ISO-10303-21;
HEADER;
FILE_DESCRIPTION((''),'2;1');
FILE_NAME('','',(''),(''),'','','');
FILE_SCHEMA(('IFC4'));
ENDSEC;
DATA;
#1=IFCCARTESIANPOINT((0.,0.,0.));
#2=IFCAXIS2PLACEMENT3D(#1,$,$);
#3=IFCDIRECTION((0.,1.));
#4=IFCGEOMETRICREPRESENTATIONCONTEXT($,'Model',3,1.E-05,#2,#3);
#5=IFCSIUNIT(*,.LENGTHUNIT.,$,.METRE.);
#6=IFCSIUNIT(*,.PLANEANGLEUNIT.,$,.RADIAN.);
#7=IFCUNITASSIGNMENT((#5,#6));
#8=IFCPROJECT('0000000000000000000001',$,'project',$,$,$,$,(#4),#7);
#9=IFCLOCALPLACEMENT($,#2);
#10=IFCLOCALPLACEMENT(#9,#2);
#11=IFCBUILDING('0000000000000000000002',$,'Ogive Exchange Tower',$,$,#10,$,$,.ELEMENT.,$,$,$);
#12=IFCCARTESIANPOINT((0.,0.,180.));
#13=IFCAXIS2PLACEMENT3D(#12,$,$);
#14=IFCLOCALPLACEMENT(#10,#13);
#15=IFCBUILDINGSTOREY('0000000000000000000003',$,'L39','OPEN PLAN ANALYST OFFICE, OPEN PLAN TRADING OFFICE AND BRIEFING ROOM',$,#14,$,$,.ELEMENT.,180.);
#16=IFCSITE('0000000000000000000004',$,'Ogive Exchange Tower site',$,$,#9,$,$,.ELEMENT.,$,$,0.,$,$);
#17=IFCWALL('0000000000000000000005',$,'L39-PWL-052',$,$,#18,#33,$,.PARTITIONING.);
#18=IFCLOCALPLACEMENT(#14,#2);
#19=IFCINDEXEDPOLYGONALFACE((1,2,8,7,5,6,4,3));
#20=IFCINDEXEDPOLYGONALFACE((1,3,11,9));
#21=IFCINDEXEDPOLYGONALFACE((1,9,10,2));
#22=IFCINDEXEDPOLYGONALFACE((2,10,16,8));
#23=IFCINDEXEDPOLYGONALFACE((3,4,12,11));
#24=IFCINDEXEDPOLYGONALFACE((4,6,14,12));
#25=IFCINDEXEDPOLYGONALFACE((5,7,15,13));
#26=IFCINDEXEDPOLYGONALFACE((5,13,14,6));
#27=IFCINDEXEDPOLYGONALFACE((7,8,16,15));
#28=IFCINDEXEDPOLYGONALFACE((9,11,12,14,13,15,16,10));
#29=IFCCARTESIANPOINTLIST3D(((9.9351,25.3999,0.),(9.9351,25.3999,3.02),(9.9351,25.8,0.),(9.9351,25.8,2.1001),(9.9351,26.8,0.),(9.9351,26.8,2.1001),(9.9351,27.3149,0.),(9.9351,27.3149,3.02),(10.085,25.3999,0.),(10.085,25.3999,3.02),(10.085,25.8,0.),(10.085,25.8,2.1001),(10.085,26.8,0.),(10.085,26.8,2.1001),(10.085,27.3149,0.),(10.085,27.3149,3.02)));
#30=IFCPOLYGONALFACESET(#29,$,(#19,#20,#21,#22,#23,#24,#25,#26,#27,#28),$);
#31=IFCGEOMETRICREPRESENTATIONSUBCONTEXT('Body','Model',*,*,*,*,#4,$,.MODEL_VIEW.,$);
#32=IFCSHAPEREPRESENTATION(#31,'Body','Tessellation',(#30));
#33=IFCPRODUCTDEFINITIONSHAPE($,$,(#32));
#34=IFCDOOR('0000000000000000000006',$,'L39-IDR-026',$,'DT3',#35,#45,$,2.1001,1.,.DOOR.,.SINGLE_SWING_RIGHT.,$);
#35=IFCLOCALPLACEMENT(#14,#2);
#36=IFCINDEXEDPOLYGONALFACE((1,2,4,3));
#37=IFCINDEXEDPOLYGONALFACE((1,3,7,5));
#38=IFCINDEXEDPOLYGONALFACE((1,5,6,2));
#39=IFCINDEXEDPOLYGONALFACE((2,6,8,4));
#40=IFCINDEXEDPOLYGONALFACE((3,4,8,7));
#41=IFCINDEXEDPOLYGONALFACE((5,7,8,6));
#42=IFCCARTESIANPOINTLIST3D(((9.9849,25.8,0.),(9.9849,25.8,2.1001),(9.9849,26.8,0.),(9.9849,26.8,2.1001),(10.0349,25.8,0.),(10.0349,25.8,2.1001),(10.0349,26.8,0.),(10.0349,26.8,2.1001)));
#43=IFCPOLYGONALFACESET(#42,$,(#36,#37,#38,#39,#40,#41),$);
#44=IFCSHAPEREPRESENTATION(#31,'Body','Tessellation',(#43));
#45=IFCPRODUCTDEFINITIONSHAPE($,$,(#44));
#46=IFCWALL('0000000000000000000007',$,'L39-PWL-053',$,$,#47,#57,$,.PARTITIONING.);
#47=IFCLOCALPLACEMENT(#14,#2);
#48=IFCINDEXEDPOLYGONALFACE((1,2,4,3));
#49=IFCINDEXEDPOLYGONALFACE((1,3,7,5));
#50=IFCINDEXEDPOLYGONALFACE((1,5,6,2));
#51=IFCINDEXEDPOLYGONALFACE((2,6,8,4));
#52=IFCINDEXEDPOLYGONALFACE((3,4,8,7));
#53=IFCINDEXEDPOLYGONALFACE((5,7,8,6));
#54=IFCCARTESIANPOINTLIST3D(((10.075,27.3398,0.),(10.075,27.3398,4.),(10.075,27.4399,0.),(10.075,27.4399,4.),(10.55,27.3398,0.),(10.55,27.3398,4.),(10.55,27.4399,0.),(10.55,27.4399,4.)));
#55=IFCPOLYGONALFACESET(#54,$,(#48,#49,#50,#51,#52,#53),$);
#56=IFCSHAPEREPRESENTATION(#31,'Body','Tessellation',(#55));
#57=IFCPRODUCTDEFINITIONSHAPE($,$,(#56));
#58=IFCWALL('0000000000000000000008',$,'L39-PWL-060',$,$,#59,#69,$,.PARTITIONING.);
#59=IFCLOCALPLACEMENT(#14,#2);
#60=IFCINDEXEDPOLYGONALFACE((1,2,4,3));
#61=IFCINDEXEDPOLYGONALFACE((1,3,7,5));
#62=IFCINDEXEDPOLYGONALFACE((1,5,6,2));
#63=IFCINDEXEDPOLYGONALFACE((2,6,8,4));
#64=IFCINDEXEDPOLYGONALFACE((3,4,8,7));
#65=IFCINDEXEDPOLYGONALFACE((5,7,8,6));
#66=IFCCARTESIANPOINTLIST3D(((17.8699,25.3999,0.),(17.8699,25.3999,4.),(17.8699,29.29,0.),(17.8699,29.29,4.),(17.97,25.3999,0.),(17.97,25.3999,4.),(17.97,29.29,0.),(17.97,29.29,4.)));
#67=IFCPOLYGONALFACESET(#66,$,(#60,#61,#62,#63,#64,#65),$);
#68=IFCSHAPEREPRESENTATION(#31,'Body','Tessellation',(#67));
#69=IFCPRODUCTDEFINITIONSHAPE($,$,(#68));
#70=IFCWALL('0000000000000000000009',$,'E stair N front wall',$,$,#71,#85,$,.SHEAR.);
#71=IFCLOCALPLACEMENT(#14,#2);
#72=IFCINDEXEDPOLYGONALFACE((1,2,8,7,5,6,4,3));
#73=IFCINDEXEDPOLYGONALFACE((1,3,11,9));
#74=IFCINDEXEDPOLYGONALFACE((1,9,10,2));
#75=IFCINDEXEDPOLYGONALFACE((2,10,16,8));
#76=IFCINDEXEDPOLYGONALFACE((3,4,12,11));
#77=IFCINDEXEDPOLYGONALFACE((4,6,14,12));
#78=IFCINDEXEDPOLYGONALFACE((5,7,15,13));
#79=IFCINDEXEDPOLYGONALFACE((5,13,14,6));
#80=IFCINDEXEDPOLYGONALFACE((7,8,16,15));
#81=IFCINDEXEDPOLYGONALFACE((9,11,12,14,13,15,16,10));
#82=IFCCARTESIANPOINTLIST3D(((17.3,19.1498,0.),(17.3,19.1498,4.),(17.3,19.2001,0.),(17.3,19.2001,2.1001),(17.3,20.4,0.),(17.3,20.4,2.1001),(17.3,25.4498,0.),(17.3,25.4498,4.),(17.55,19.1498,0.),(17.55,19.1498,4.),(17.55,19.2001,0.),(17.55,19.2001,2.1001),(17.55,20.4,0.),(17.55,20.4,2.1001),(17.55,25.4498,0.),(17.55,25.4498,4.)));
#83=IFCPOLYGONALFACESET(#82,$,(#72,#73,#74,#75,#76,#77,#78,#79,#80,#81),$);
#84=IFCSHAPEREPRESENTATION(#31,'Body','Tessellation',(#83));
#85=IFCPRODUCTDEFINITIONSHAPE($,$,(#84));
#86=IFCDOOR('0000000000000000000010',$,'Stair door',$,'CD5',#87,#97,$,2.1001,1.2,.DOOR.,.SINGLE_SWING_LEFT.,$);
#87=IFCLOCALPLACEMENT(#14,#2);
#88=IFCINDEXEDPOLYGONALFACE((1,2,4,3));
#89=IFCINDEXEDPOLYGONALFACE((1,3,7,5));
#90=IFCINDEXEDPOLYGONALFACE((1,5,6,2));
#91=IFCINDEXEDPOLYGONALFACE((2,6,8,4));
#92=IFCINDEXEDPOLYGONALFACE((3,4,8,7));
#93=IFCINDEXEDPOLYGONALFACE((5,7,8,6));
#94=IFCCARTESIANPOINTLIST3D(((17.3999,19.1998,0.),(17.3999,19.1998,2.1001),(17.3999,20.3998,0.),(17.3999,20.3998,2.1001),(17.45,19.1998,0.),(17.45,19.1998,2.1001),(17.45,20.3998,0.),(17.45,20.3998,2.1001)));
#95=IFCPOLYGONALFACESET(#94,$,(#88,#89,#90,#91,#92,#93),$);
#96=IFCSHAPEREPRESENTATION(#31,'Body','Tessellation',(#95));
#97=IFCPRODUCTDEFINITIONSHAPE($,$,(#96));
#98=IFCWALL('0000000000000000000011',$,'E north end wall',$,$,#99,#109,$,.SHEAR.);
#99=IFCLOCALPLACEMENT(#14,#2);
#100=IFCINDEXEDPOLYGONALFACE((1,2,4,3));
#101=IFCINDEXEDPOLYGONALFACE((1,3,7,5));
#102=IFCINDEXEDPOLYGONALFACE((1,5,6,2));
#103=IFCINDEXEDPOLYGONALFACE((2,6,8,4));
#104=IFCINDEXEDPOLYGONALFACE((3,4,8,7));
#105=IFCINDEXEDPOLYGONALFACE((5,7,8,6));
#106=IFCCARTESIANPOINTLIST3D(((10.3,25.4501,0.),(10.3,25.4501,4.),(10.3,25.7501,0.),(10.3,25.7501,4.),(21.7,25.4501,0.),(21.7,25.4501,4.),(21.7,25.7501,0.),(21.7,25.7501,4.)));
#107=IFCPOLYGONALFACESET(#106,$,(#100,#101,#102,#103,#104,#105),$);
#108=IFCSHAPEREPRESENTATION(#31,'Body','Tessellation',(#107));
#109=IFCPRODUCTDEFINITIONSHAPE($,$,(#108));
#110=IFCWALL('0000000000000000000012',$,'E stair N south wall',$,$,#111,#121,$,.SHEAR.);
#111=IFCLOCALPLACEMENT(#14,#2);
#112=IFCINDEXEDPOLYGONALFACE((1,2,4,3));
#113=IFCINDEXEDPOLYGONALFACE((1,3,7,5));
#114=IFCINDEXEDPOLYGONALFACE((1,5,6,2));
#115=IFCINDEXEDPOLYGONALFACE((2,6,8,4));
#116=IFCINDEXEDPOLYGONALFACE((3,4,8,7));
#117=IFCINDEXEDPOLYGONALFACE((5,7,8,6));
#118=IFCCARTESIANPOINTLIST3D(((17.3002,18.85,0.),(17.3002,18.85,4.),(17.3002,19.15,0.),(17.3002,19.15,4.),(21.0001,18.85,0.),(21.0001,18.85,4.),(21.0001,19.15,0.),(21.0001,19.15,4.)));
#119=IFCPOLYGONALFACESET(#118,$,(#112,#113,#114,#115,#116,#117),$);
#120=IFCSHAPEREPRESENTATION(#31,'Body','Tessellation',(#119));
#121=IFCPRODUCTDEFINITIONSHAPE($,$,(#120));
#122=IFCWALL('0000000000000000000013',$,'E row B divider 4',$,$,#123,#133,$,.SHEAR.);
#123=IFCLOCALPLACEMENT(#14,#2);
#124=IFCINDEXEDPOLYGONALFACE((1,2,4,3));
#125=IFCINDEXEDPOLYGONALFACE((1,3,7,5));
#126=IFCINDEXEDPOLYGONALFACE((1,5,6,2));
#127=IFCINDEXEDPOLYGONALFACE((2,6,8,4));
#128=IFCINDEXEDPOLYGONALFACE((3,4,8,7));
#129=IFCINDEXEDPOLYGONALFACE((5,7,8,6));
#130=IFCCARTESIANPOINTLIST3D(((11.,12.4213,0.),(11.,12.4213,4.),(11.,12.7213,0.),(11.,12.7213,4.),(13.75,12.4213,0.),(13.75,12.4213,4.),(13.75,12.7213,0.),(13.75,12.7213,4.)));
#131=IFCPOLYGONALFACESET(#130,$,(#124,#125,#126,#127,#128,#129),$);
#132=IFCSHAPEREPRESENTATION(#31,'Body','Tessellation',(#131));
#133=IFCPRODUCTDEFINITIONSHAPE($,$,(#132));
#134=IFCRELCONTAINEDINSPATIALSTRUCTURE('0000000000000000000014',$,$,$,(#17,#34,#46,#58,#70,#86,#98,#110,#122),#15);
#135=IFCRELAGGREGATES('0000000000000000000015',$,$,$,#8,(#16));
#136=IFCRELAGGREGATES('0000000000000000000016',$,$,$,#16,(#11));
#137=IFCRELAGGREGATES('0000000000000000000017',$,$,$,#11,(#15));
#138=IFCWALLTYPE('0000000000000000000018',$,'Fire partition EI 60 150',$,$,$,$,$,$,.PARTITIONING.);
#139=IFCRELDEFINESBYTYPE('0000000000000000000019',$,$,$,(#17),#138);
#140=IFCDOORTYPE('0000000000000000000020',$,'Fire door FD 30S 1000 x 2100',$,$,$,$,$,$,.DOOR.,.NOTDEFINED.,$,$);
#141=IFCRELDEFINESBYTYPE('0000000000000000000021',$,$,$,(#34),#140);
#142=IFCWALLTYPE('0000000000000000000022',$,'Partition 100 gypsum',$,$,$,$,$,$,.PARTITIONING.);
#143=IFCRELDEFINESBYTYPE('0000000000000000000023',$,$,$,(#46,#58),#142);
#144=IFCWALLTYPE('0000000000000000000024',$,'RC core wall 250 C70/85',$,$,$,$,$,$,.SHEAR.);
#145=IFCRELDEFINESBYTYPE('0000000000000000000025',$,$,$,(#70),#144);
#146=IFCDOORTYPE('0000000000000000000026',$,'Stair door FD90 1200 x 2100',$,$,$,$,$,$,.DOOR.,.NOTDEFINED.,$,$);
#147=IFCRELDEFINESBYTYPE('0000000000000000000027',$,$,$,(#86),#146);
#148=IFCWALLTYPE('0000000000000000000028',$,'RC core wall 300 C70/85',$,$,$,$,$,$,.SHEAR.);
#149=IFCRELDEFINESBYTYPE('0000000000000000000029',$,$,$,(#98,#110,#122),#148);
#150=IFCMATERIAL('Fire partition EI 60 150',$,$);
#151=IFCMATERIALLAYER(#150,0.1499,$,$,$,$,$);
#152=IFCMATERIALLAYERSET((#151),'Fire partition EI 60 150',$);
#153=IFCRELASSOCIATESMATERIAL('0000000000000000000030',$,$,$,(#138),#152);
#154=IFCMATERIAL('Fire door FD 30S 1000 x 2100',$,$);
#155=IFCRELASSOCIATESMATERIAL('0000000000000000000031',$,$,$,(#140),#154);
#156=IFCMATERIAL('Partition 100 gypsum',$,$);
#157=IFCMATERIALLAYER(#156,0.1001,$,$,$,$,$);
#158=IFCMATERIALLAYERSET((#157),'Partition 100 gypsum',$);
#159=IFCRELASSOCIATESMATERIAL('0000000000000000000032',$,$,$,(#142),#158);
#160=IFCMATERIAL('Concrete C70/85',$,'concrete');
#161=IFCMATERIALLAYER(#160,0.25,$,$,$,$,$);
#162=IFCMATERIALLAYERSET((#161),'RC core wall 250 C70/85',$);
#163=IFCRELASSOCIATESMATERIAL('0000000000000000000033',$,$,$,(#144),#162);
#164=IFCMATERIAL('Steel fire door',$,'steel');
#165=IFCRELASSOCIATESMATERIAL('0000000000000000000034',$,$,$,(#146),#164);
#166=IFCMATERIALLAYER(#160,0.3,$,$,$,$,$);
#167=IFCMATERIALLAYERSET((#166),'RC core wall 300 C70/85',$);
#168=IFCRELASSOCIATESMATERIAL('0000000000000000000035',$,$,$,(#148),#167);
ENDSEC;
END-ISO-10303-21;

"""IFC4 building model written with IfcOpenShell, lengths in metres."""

from ifc_helpers import new_model, si_unit, direction, frame, frame_2d, origin, place, context, subcontext, project, spatial, rectangle, extrude, material, layer, layer_set, type_object, element, fill, save


model = new_model("IFC4")

# Units and contexts
model_context = context("Model", 3, precision=1e-05, world=origin(), true_north=direction((0.0, 1.0)))
body_context = subcontext(model_context, "Body", "Model", "MODEL_VIEW")
ifc_project = project(units=[si_unit("LENGTHUNIT", "METRE"), si_unit("PLANEANGLEUNIT", "RADIAN")], contexts=[model_context])

# Site, building, storey
site_placement = place(None, origin())
site = spatial("IfcSite", under=ifc_project, at=site_placement, Name="Ogive Exchange Tower site", CompositionType="ELEMENT", RefElevation=0.0)
building_placement = place(site_placement, origin())
building = spatial("IfcBuilding", under=site, at=building_placement, Name="Ogive Exchange Tower", CompositionType="ELEMENT")
storey_placement = place(building_placement, frame((0.0, 0.0, 180.0)))
storey = spatial("IfcBuildingStorey", under=building, at=storey_placement, Name="L39", Description="OPEN PLAN ANALYST OFFICE, OPEN PLAN TRADING OFFICE AND BRIEFING ROOM", CompositionType="ELEMENT", Elevation=180.0)

# Shared definitions
ifc_material_1 = material(Name="Fire partition EI 60 150")
ifc_layer_1 = layer(ifc_material_1, 0.1499)
ifc_layer_set_1 = layer_set([ifc_layer_1], Name="Fire partition EI 60 150")
wall_type_1 = type_object("IfcWallType", Name="Fire partition EI 60 150", PredefinedType="PARTITIONING", material=ifc_layer_set_1)

# Wall, opening, door
wall_1_placement = place(storey_placement, frame((10.01, 27.3149, 0.0), z_axis=(0.0, 0.0, 1.0), x_axis=(0.0, -1.0, 0.0)))
wall_1 = element("IfcWall", 1, at=wall_1_placement, inside=storey, type_object=wall_type_1, Name="L39-PWL-052", PredefinedType="PARTITIONING", context=body_context, shape_type="SweptSolid", body=[
    extrude(rectangle(XDim=1.915, YDim=0.1499, at=frame_2d((0.9575, 0.0))), origin(), (0.0, 0.0, 1.0), 3.02),
])
opening_1_placement = place(wall_1_placement, frame((0.5149, 0.0, 0.0)))
opening_1 = element("IfcOpeningElement", 2, at=opening_1_placement, cuts=wall_1, PredefinedType="OPENING", context=body_context, shape_type="SweptSolid", body=[
    extrude(rectangle(XDim=1.0, YDim=2.1001, at=frame_2d((0.5, 1.05))), frame((0.0, 0.085, 0.0), z_axis=(0.0, -1.0, 0.0), x_axis=(1.0, 0.0, 0.0)), (0.0, 0.0, 1.0), 0.1699),
])
ifc_material_2 = material(Name="Fire door FD 30S 1000 x 2100")
door_type_1 = type_object("IfcDoorType", Name="Fire door FD 30S 1000 x 2100", OperationType="NOTDEFINED", PredefinedType="DOOR", material=ifc_material_2)
door_1_placement = place(opening_1_placement, origin())
door_1 = element("IfcDoor", 3, at=door_1_placement, inside=storey, type_object=door_type_1, Name="L39-IDR-026", ObjectType="DT3", OperationType="SINGLE_SWING_RIGHT", OverallHeight=2.1001, OverallWidth=1.0, PredefinedType="DOOR", context=body_context, shape_type="SweptSolid", body=[
    extrude(rectangle(XDim=1.0, YDim=2.1001, at=frame_2d((0.5, 1.05))), frame((0.0, 0.0249, 0.0), z_axis=(0.0, -1.0, 0.0), x_axis=(1.0, 0.0, 0.0)), (0.0, 0.0, 1.0), 0.05),
])
fill(opening_1, door_1)

# Walls
ifc_material_3 = material(Name="Partition 100 gypsum")
ifc_layer_2 = layer(ifc_material_3, 0.1001)
ifc_layer_set_2 = layer_set([ifc_layer_2], Name="Partition 100 gypsum")
wall_type_2 = type_object("IfcWallType", Name="Partition 100 gypsum", PredefinedType="PARTITIONING", material=ifc_layer_set_2)
wall_2_placement = place(storey_placement, frame((10.55, 27.3899, 0.0), z_axis=(0.0, 0.0, 1.0), x_axis=(-1.0, 0.0, 0.0)))
element("IfcWall", 4, at=wall_2_placement, inside=storey, type_object=wall_type_2, Name="L39-PWL-053", PredefinedType="PARTITIONING", context=body_context, shape_type="SweptSolid", body=[
    extrude(rectangle(XDim=0.4751, YDim=0.1001, at=frame_2d((0.2375, 0.0))), origin(), (0.0, 0.0, 1.0), 4.0),
])
wall_3_placement = place(storey_placement, frame((17.9199, 25.3999, 0.0), z_axis=(0.0, 0.0, 1.0), x_axis=(0.0, 1.0, 0.0)))
element("IfcWall", 5, at=wall_3_placement, inside=storey, type_object=wall_type_2, Name="L39-PWL-060", PredefinedType="PARTITIONING", context=body_context, shape_type="SweptSolid", body=[
    extrude(rectangle(XDim=3.8901, YDim=0.1001, at=frame_2d((1.9451, 0.0))), origin(), (0.0, 0.0, 1.0), 4.0),
])

# Wall, opening, door
ifc_material_4 = material(Name="Concrete C70/85", Category="concrete")
ifc_layer_3 = layer(ifc_material_4, 0.25)
ifc_layer_set_3 = layer_set([ifc_layer_3], Name="RC core wall 250 C70/85")
wall_type_3 = type_object("IfcWallType", Name="RC core wall 250 C70/85", PredefinedType="SHEAR", material=ifc_layer_set_3)
wall_4_placement = place(storey_placement, frame((17.425, 19.1499, 0.0), z_axis=(0.0, 0.0, 1.0), x_axis=(0.0, 1.0, 0.0)))
wall_4 = element("IfcWall", 6, at=wall_4_placement, inside=storey, type_object=wall_type_3, Name="E stair N front wall", PredefinedType="SHEAR", context=body_context, shape_type="SweptSolid", body=[
    extrude(rectangle(XDim=6.3, YDim=0.25, at=frame_2d((3.1499, 0.0))), origin(), (0.0, 0.0, 1.0), 4.0),
])
opening_2_placement = place(wall_4_placement, frame((0.05, 0.0, 0.0)))
opening_2 = element("IfcOpeningElement", 7, at=opening_2_placement, cuts=wall_4, PredefinedType="OPENING", context=body_context, shape_type="SweptSolid", body=[
    extrude(rectangle(XDim=1.2, YDim=2.1001, at=frame_2d((0.6001, 1.05))), frame((0.0, 0.135, 0.0), z_axis=(0.0, -1.0, 0.0), x_axis=(1.0, 0.0, 0.0)), (0.0, 0.0, 1.0), 0.27),
])
ifc_material_5 = material(Name="Steel fire door", Category="steel")
door_type_2 = type_object("IfcDoorType", Name="Stair door FD90 1200 x 2100", OperationType="NOTDEFINED", PredefinedType="DOOR", material=ifc_material_5)
door_2_placement = place(opening_2_placement, frame((1.2, 0.0, 0.0), z_axis=(0.0, 0.0, 1.0), x_axis=(-1.0, 0.0, 0.0)))
door_2 = element("IfcDoor", 8, at=door_2_placement, inside=storey, type_object=door_type_2, Name="Stair door", ObjectType="CD5", OperationType="SINGLE_SWING_LEFT", OverallHeight=2.1001, OverallWidth=1.2, PredefinedType="DOOR", context=body_context, shape_type="SweptSolid", body=[
    extrude(rectangle(XDim=1.2, YDim=2.1001, at=frame_2d((0.6001, 1.05))), frame((0.0, 0.0249, 0.0), z_axis=(0.0, -1.0, 0.0), x_axis=(1.0, 0.0, 0.0)), (0.0, 0.0, 1.0), 0.05),
])
fill(opening_2, door_2)

# Walls
ifc_layer_4 = layer(ifc_material_4, 0.3)
ifc_layer_set_4 = layer_set([ifc_layer_4], Name="RC core wall 300 C70/85")
wall_type_4 = type_object("IfcWallType", Name="RC core wall 300 C70/85", PredefinedType="SHEAR", material=ifc_layer_set_4)
wall_5_placement = place(storey_placement, frame((10.3, 25.6001, 0.0), z_axis=(0.0, 0.0, 1.0), x_axis=(1.0, 0.0, 0.0)))
element("IfcWall", 9, at=wall_5_placement, inside=storey, type_object=wall_type_4, Name="E north end wall", PredefinedType="SHEAR", context=body_context, shape_type="SweptSolid", body=[
    extrude(rectangle(XDim=11.3999, YDim=0.3, at=frame_2d((5.7, 0.0))), origin(), (0.0, 0.0, 1.0), 4.0),
])
wall_6_placement = place(storey_placement, frame((17.3, 19.0, 0.0), z_axis=(0.0, 0.0, 1.0), x_axis=(1.0, 0.0, 0.0)))
element("IfcWall", 10, at=wall_6_placement, inside=storey, type_object=wall_type_4, Name="E stair N south wall", PredefinedType="SHEAR", context=body_context, shape_type="SweptSolid", body=[
    extrude(rectangle(XDim=3.7, YDim=0.3, at=frame_2d((1.8501, 0.0))), origin(), (0.0, 0.0, 1.0), 4.0),
])
wall_7_placement = place(storey_placement, frame((11.0, 12.5713, 0.0), z_axis=(0.0, 0.0, 1.0), x_axis=(1.0, 0.0, 0.0)))
element("IfcWall", 11, at=wall_7_placement, inside=storey, type_object=wall_type_4, Name="E row B divider 4", PredefinedType="SHEAR", context=body_context, shape_type="SweptSolid", body=[
    extrude(rectangle(XDim=2.75, YDim=0.3, at=frame_2d((1.375, 0.0))), origin(), (0.0, 0.0, 1.0), 4.0),
])

save(model, "model.ifc")
